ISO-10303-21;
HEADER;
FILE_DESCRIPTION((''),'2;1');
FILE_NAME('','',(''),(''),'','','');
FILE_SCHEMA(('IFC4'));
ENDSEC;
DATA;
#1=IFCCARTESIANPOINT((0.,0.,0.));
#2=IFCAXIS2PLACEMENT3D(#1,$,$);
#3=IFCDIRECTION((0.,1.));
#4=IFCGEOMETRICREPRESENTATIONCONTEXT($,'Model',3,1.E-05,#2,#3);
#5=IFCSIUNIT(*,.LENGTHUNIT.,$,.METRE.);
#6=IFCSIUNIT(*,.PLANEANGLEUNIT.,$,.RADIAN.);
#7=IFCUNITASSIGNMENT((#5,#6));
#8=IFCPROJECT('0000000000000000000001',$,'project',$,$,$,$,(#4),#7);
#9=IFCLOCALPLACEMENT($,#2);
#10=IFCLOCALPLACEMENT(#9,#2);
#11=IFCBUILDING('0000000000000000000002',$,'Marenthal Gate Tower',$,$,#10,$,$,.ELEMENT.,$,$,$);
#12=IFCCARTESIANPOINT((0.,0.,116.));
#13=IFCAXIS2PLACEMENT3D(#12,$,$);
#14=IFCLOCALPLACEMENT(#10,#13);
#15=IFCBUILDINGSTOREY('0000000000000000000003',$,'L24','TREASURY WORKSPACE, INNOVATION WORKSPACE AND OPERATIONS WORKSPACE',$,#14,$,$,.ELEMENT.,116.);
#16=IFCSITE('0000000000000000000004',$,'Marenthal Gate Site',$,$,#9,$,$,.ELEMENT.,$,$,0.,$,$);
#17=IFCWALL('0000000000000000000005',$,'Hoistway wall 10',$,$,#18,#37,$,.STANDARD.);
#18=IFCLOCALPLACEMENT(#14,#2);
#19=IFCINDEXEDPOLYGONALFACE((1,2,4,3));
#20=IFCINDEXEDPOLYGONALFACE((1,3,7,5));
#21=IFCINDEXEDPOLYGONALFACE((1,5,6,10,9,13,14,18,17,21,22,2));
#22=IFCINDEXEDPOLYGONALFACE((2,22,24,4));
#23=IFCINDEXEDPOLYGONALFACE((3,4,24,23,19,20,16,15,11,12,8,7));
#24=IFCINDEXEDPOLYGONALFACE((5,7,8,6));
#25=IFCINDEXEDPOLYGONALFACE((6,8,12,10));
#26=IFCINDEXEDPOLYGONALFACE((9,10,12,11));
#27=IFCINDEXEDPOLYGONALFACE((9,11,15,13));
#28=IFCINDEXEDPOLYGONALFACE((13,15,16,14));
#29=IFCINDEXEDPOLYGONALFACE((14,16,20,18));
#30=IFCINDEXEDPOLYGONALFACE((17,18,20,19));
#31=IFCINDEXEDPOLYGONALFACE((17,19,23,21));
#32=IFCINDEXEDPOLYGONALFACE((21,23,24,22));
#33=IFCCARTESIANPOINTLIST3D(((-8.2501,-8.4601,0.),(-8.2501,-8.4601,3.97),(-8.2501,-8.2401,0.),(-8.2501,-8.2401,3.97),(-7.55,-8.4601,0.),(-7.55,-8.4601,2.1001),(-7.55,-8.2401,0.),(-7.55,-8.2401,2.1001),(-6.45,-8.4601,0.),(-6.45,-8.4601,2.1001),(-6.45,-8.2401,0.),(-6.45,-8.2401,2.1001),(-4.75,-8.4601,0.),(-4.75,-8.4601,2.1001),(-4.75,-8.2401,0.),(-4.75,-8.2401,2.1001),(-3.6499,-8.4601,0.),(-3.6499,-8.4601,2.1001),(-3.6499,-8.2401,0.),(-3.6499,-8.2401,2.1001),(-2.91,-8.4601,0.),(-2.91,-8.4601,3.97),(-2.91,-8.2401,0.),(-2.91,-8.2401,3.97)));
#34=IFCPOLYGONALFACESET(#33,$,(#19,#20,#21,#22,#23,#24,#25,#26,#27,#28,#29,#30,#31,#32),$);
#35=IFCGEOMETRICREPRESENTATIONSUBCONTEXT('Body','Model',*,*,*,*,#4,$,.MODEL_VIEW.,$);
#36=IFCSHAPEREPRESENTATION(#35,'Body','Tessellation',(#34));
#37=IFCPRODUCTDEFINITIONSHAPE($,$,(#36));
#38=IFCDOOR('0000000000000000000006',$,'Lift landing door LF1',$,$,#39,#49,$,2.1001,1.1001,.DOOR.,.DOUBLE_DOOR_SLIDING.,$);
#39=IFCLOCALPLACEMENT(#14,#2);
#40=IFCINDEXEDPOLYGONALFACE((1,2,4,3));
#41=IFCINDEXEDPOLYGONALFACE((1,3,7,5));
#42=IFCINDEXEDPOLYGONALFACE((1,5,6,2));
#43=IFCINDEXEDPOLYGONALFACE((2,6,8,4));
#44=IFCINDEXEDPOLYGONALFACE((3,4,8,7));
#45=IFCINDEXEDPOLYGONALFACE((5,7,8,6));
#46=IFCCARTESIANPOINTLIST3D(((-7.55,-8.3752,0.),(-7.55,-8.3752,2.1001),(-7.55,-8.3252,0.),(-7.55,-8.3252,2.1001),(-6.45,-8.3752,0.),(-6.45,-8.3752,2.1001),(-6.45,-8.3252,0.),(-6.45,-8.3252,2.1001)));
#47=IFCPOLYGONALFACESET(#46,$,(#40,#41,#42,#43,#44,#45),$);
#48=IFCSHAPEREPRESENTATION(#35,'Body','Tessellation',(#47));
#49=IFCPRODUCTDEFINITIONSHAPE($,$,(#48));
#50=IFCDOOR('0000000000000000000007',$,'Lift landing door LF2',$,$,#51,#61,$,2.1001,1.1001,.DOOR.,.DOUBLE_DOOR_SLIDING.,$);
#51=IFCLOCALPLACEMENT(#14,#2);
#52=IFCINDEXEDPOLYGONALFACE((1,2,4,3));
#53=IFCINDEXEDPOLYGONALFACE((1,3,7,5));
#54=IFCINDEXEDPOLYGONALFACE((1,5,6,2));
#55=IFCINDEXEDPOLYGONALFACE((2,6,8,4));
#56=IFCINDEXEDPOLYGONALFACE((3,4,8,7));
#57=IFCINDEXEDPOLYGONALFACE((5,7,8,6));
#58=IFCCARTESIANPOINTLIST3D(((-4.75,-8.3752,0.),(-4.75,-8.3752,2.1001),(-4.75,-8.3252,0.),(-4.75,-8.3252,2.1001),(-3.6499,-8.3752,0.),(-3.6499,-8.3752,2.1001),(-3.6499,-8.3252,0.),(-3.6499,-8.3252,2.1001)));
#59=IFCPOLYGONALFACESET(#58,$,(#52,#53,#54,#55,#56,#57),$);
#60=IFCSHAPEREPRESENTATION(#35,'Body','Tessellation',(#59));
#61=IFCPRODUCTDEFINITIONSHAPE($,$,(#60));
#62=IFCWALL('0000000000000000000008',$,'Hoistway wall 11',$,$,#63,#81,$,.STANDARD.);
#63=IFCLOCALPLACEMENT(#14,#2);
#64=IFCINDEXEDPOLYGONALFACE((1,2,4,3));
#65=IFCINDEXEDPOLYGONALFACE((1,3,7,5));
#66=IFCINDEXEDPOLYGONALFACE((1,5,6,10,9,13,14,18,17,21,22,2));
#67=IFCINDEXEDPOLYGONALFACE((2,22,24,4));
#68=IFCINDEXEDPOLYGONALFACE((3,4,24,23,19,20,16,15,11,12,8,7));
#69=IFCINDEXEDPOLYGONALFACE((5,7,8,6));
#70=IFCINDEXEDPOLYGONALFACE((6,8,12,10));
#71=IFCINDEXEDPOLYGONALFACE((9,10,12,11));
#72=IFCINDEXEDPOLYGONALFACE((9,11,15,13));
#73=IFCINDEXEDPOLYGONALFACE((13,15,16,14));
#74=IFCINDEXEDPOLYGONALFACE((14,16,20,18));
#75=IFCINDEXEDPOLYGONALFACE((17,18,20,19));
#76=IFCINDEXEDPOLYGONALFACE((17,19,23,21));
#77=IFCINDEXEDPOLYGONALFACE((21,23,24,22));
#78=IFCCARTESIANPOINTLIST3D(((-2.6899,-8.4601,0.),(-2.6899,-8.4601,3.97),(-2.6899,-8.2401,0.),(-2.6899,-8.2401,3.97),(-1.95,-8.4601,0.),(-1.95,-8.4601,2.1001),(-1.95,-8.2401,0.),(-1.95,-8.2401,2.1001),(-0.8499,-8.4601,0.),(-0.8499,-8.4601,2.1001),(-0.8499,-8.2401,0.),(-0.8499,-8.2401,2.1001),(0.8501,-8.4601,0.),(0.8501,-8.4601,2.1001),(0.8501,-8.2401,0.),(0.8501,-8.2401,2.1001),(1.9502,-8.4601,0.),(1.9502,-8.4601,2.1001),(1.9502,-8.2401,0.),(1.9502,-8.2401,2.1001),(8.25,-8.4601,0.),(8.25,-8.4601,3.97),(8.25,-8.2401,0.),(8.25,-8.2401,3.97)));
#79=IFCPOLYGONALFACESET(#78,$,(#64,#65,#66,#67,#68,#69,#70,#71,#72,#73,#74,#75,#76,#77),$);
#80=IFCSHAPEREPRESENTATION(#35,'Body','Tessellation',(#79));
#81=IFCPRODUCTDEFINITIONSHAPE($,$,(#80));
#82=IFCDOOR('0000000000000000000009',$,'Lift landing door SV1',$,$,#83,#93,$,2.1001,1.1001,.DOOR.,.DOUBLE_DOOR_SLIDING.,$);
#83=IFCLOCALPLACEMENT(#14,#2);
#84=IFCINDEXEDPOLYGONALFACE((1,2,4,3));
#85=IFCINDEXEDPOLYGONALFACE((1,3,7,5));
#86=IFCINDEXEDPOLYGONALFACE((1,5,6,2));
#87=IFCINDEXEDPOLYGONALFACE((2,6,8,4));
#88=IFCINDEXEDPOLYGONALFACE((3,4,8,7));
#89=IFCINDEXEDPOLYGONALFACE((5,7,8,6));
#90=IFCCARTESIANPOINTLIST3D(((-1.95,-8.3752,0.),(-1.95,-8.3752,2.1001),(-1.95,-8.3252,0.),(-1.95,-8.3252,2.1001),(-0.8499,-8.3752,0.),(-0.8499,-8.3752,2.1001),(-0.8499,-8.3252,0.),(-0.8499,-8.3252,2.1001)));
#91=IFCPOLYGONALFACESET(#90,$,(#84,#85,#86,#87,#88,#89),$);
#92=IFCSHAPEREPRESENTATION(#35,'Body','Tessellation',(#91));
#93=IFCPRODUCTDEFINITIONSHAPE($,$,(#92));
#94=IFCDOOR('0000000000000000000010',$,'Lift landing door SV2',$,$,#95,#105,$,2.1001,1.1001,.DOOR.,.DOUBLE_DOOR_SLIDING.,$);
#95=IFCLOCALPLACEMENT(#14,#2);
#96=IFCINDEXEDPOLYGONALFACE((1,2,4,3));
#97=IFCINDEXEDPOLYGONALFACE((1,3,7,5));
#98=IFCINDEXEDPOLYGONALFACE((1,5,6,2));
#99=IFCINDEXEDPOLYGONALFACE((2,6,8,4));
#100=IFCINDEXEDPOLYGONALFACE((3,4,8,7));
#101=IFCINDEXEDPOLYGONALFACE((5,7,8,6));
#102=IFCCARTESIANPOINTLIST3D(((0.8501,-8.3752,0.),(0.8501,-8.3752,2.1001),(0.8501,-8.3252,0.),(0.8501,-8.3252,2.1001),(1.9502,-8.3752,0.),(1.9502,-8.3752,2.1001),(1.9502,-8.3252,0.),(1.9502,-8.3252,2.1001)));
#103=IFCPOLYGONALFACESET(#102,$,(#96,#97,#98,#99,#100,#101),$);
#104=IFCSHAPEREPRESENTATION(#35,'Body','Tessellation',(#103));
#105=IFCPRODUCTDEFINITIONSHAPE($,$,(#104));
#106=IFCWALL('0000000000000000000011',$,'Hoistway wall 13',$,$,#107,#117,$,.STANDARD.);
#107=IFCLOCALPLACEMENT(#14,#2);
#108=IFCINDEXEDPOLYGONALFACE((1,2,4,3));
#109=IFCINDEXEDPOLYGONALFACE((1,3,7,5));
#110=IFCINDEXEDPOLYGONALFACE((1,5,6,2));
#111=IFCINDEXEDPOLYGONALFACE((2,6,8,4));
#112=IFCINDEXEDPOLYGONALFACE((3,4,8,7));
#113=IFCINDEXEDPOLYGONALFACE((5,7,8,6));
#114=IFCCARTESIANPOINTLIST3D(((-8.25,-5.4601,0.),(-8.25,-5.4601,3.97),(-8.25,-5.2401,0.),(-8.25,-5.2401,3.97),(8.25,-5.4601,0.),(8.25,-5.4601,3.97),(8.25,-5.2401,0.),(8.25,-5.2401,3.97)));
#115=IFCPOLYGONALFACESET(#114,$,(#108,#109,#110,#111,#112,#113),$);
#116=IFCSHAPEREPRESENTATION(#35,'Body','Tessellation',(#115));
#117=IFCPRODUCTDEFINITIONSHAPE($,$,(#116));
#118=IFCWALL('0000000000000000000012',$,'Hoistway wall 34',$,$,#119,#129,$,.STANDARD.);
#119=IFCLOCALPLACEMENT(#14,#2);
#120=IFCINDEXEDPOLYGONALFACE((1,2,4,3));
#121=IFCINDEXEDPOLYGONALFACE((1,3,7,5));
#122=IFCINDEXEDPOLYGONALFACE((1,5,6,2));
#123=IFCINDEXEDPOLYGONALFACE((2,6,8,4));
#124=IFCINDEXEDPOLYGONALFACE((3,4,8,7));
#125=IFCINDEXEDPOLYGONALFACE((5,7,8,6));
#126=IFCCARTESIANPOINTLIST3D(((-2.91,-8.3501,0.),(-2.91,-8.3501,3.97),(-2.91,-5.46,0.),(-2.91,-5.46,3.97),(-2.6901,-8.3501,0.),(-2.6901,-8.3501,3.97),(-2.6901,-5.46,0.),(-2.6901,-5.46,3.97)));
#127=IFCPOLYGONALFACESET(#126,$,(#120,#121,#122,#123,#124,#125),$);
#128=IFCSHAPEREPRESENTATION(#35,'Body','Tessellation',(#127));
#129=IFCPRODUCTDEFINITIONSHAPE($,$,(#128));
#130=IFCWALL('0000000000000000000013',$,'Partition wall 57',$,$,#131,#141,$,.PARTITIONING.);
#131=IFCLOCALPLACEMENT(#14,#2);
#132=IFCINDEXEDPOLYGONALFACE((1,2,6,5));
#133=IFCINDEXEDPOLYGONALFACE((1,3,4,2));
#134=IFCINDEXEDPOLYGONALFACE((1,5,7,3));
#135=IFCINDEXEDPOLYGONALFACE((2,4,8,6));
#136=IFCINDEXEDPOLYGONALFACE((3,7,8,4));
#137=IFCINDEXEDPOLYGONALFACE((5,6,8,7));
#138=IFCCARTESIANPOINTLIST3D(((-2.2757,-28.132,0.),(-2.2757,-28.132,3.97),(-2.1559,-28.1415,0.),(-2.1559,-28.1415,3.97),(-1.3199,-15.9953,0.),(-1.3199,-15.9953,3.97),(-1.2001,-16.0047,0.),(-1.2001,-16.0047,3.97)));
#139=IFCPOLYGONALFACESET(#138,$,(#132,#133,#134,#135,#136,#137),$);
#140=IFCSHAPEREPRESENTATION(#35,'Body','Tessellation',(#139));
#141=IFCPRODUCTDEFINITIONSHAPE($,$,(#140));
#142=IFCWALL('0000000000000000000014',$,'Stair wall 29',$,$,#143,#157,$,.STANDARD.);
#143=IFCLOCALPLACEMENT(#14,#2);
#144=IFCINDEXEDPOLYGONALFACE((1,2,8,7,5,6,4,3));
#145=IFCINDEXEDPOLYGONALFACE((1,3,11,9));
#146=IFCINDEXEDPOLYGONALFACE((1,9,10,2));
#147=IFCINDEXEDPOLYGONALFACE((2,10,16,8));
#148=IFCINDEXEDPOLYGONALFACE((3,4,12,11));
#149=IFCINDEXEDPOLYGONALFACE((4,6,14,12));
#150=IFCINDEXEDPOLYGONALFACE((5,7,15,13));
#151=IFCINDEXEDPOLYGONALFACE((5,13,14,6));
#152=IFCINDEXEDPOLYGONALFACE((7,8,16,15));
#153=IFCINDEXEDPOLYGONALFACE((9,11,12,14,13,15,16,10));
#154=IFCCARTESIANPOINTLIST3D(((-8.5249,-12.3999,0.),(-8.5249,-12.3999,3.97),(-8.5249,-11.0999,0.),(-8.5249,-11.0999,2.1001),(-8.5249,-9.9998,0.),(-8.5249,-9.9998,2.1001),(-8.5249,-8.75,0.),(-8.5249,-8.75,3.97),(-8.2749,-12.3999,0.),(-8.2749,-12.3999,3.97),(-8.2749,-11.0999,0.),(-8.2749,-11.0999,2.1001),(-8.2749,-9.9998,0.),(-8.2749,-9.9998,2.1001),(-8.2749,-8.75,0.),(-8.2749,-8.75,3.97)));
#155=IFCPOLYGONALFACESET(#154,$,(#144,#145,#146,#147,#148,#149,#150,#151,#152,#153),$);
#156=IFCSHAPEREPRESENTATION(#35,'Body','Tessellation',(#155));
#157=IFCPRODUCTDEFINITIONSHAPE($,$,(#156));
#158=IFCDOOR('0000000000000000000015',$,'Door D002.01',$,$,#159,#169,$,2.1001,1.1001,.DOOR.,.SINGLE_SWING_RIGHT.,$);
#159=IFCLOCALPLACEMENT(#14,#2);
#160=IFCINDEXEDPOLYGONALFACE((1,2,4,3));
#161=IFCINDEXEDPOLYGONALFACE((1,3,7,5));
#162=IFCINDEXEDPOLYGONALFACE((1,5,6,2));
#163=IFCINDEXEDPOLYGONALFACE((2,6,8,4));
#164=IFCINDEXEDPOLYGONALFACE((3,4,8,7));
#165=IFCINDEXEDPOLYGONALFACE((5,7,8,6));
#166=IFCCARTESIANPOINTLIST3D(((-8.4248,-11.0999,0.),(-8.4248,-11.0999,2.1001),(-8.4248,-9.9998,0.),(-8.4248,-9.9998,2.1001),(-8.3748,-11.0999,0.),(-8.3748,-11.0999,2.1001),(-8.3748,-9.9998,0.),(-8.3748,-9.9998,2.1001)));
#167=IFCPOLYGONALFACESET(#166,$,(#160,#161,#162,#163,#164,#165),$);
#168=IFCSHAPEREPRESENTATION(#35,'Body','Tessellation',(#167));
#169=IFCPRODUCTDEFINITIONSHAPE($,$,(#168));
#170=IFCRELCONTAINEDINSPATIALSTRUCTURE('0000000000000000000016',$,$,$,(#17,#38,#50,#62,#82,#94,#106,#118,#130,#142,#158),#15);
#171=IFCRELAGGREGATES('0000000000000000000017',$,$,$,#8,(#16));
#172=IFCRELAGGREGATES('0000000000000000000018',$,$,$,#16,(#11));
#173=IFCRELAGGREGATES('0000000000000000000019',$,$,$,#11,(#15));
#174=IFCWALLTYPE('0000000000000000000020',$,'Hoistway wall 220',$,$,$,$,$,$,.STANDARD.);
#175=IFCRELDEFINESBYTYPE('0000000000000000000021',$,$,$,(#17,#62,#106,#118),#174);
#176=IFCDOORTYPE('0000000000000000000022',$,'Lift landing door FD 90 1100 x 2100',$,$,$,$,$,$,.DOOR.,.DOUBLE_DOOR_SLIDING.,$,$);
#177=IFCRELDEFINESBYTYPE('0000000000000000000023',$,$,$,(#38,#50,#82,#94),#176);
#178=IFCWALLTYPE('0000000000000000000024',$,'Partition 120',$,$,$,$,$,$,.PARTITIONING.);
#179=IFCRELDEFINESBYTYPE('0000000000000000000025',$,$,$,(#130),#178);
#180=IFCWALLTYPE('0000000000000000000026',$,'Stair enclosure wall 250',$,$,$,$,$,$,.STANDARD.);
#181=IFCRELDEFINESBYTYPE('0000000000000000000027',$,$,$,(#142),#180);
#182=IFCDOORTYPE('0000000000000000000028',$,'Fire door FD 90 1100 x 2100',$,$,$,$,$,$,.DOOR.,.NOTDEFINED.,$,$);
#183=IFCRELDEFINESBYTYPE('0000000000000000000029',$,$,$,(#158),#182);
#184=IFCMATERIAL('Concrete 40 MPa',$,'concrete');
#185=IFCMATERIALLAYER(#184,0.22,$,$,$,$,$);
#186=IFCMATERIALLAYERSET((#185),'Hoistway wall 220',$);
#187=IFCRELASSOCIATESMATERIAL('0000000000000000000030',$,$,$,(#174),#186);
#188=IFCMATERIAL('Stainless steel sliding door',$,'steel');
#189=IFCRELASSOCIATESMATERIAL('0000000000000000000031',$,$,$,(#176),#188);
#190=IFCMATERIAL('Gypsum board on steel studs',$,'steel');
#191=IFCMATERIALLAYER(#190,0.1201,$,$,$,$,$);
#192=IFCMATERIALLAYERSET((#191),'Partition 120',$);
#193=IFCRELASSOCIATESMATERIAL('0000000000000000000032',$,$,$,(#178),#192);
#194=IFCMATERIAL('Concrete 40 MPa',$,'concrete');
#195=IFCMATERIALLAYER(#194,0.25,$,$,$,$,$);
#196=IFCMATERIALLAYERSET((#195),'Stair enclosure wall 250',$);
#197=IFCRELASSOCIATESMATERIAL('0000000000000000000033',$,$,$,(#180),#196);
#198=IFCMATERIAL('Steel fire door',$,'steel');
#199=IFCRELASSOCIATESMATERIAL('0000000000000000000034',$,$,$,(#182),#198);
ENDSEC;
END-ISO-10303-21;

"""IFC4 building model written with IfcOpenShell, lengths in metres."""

from ifc_helpers import new_model, si_unit, direction, frame, frame_2d, origin, place, context, subcontext, project, spatial, rectangle, extrude, material, layer, layer_set, type_object, element, fill, save


model = new_model("IFC4")

# Units and contexts
model_context = context("Model", 3, precision=1e-05, world=origin(), true_north=direction((0.0, 1.0)))
body_context = subcontext(model_context, "Body", "Model", "MODEL_VIEW")
ifc_project = project(units=[si_unit("LENGTHUNIT", "METRE"), si_unit("PLANEANGLEUNIT", "RADIAN")], contexts=[model_context])

# Site, building, storey
site_placement = place(None, origin())
site = spatial("IfcSite", under=ifc_project, at=site_placement, Name="Marenthal Gate Site", CompositionType="ELEMENT", RefElevation=0.0)
building_placement = place(site_placement, origin())
building = spatial("IfcBuilding", under=site, at=building_placement, Name="Marenthal Gate Tower", CompositionType="ELEMENT")
storey_placement = place(building_placement, frame((0.0, 0.0, 116.0)))
storey = spatial("IfcBuildingStorey", under=building, at=storey_placement, Name="L24", Description="TREASURY WORKSPACE, INNOVATION WORKSPACE AND OPERATIONS WORKSPACE", CompositionType="ELEMENT", Elevation=116.0)

# Walls, openings, doors
ifc_material_1 = material(Name="Concrete 40 MPa", Category="concrete")
ifc_layer_1 = layer(ifc_material_1, 0.22)
ifc_layer_set_1 = layer_set([ifc_layer_1], Name="Hoistway wall 220")
wall_type_1 = type_object("IfcWallType", Name="Hoistway wall 220", PredefinedType="STANDARD", material=ifc_layer_set_1)
wall_1_placement = place(storey_placement, frame((-8.25, -8.3501, 0.0), z_axis=(0.0, 0.0, 1.0), x_axis=(1.0, 0.0, 0.0)))
wall_1 = element("IfcWall", 1, at=wall_1_placement, inside=storey, type_object=wall_type_1, Name="Hoistway wall 10", PredefinedType="STANDARD", context=body_context, shape_type="SweptSolid", body=[
    extrude(rectangle(XDim=5.3401, YDim=0.22, at=frame_2d((2.6699, 0.0))), origin(), (0.0, 0.0, 1.0), 3.97),
])
opening_1_placement = place(wall_1_placement, frame((0.7, 0.0, 0.0)))
opening_1 = element("IfcOpeningElement", 2, at=opening_1_placement, cuts=wall_1, PredefinedType="OPENING", context=body_context, shape_type="SweptSolid", body=[
    extrude(rectangle(XDim=1.1001, YDim=2.1001, at=frame_2d((0.55, 1.05))), frame((0.0, 0.1201, 0.0), z_axis=(0.0, -1.0, 0.0), x_axis=(1.0, 0.0, 0.0)), (0.0, 0.0, 1.0), 0.24),
])
opening_2_placement = place(wall_1_placement, frame((3.5, 0.0, 0.0)))
opening_2 = element("IfcOpeningElement", 3, at=opening_2_placement, cuts=wall_1, PredefinedType="OPENING", context=body_context, shape_type="SweptSolid", body=[
    extrude(rectangle(XDim=1.1001, YDim=2.1001, at=frame_2d((0.55, 1.05))), frame((0.0, 0.1201, 0.0), z_axis=(0.0, -1.0, 0.0), x_axis=(1.0, 0.0, 0.0)), (0.0, 0.0, 1.0), 0.24),
])
ifc_material_2 = material(Name="Stainless steel sliding door", Category="steel")
door_type_1 = type_object("IfcDoorType", Name="Lift landing door FD 90 1100 x 2100", OperationType="DOUBLE_DOOR_SLIDING", PredefinedType="DOOR", material=ifc_material_2)
door_1_placement = place(opening_1_placement, origin())
door_1 = element("IfcDoor", 4, at=door_1_placement, inside=storey, type_object=door_type_1, Name="Lift landing door LF1", OperationType="DOUBLE_DOOR_SLIDING", OverallHeight=2.1001, OverallWidth=1.1001, PredefinedType="DOOR", context=body_context, shape_type="SweptSolid", body=[
    extrude(rectangle(XDim=1.1001, YDim=2.1001, at=frame_2d((0.55, 1.05))), frame((0.0, 0.0249, 0.0), z_axis=(0.0, -1.0, 0.0), x_axis=(1.0, 0.0, 0.0)), (0.0, 0.0, 1.0), 0.05),
])
fill(opening_1, door_1)
door_2_placement = place(opening_2_placement, origin())
door_2 = element("IfcDoor", 5, at=door_2_placement, inside=storey, type_object=door_type_1, Name="Lift landing door LF2", OperationType="DOUBLE_DOOR_SLIDING", OverallHeight=2.1001, OverallWidth=1.1001, PredefinedType="DOOR", context=body_context, shape_type="SweptSolid", body=[
    extrude(rectangle(XDim=1.1001, YDim=2.1001, at=frame_2d((0.55, 1.05))), frame((0.0, 0.0249, 0.0), z_axis=(0.0, -1.0, 0.0), x_axis=(1.0, 0.0, 0.0)), (0.0, 0.0, 1.0), 0.05),
])
fill(opening_2, door_2)
wall_2_placement = place(storey_placement, frame((-2.6899, -8.3501, 0.0), z_axis=(0.0, 0.0, 1.0), x_axis=(1.0, 0.0, 0.0)))
wall_2 = element("IfcWall", 6, at=wall_2_placement, inside=storey, type_object=wall_type_1, Name="Hoistway wall 11", PredefinedType="STANDARD", context=body_context, shape_type="SweptSolid", body=[
    extrude(rectangle(XDim=10.9399, YDim=0.22, at=frame_2d((5.47, 0.0))), origin(), (0.0, 0.0, 1.0), 3.97),
])
opening_3_placement = place(wall_2_placement, frame((0.74, 0.0, 0.0)))
opening_3 = element("IfcOpeningElement", 7, at=opening_3_placement, cuts=wall_2, PredefinedType="OPENING", context=body_context, shape_type="SweptSolid", body=[
    extrude(rectangle(XDim=1.1001, YDim=2.1001, at=frame_2d((0.55, 1.05))), frame((0.0, 0.1201, 0.0), z_axis=(0.0, -1.0, 0.0), x_axis=(1.0, 0.0, 0.0)), (0.0, 0.0, 1.0), 0.24),
])
opening_4_placement = place(wall_2_placement, frame((3.54, 0.0, 0.0)))
opening_4 = element("IfcOpeningElement", 8, at=opening_4_placement, cuts=wall_2, PredefinedType="OPENING", context=body_context, shape_type="SweptSolid", body=[
    extrude(rectangle(XDim=1.1001, YDim=2.1001, at=frame_2d((0.55, 1.05))), frame((0.0, 0.1201, 0.0), z_axis=(0.0, -1.0, 0.0), x_axis=(1.0, 0.0, 0.0)), (0.0, 0.0, 1.0), 0.24),
])
door_3_placement = place(opening_3_placement, origin())
door_3 = element("IfcDoor", 9, at=door_3_placement, inside=storey, type_object=door_type_1, Name="Lift landing door SV1", OperationType="DOUBLE_DOOR_SLIDING", OverallHeight=2.1001, OverallWidth=1.1001, PredefinedType="DOOR", context=body_context, shape_type="SweptSolid", body=[
    extrude(rectangle(XDim=1.1001, YDim=2.1001, at=frame_2d((0.55, 1.05))), frame((0.0, 0.0249, 0.0), z_axis=(0.0, -1.0, 0.0), x_axis=(1.0, 0.0, 0.0)), (0.0, 0.0, 1.0), 0.05),
])
fill(opening_3, door_3)
door_4_placement = place(opening_4_placement, origin())
door_4 = element("IfcDoor", 10, at=door_4_placement, inside=storey, type_object=door_type_1, Name="Lift landing door SV2", OperationType="DOUBLE_DOOR_SLIDING", OverallHeight=2.1001, OverallWidth=1.1001, PredefinedType="DOOR", context=body_context, shape_type="SweptSolid", body=[
    extrude(rectangle(XDim=1.1001, YDim=2.1001, at=frame_2d((0.55, 1.05))), frame((0.0, 0.0249, 0.0), z_axis=(0.0, -1.0, 0.0), x_axis=(1.0, 0.0, 0.0)), (0.0, 0.0, 1.0), 0.05),
])
fill(opening_4, door_4)

# Walls
wall_3_placement = place(storey_placement, frame((-8.25, -5.3501, 0.0), z_axis=(0.0, 0.0, 1.0), x_axis=(1.0, 0.0, 0.0)))
element("IfcWall", 11, at=wall_3_placement, inside=storey, type_object=wall_type_1, Name="Hoistway wall 13", PredefinedType="STANDARD", context=body_context, shape_type="SweptSolid", body=[
    extrude(rectangle(XDim=16.5, YDim=0.22, at=frame_2d((8.25, 0.0))), origin(), (0.0, 0.0, 1.0), 3.97),
])
wall_4_placement = place(storey_placement, frame((-2.8, -8.3501, 0.0), z_axis=(0.0, 0.0, 1.0), x_axis=(0.0, 1.0, 0.0)))
element("IfcWall", 12, at=wall_4_placement, inside=storey, type_object=wall_type_1, Name="Hoistway wall 34", PredefinedType="STANDARD", context=body_context, shape_type="SweptSolid", body=[
    extrude(rectangle(XDim=2.8901, YDim=0.22, at=frame_2d((1.4451, 0.0))), origin(), (0.0, 0.0, 1.0), 3.97),
])
ifc_material_3 = material(Name="Gypsum board on steel studs", Category="steel")
ifc_layer_2 = layer(ifc_material_3, 0.1201)
ifc_layer_set_2 = layer_set([ifc_layer_2], Name="Partition 120")
wall_type_2 = type_object("IfcWallType", Name="Partition 120", PredefinedType="PARTITIONING", material=ifc_layer_set_2)
wall_5_placement = place(storey_placement, frame((-1.26, -16.0, 0.0), z_axis=(0.0, 0.0, 1.0), x_axis=(-0.078511, -0.996913, 0.0)))
element("IfcWall", 13, at=wall_5_placement, inside=storey, type_object=wall_type_2, Name="Partition wall 57", PredefinedType="PARTITIONING", context=body_context, shape_type="SweptSolid", body=[
    extrude(rectangle(XDim=12.1743, YDim=0.1201, at=frame_2d((6.0872, 0.0))), origin(), (0.0, 0.0, 1.0), 3.97),
])

# Wall, opening, door
ifc_material_4 = material(Name="Concrete 40 MPa", Category="concrete")
ifc_layer_3 = layer(ifc_material_4, 0.25)
ifc_layer_set_3 = layer_set([ifc_layer_3], Name="Stair enclosure wall 250")
wall_type_3 = type_object("IfcWallType", Name="Stair enclosure wall 250", PredefinedType="STANDARD", material=ifc_layer_set_3)
wall_6_placement = place(storey_placement, frame((-8.3999, -12.3999, 0.0), z_axis=(0.0, 0.0, 1.0), x_axis=(0.0, 1.0, 0.0)))
wall_6 = element("IfcWall", 14, at=wall_6_placement, inside=storey, type_object=wall_type_3, Name="Stair wall 29", PredefinedType="STANDARD", context=body_context, shape_type="SweptSolid", body=[
    extrude(rectangle(XDim=3.6499, YDim=0.25, at=frame_2d((1.825, 0.0))), origin(), (0.0, 0.0, 1.0), 3.97),
])
opening_5_placement = place(wall_6_placement, frame((1.3, 0.0, 0.0)))
opening_5 = element("IfcOpeningElement", 15, at=opening_5_placement, cuts=wall_6, PredefinedType="OPENING", context=body_context, shape_type="SweptSolid", body=[
    extrude(rectangle(XDim=1.1001, YDim=2.1001, at=frame_2d((0.55, 1.05))), frame((0.0, 0.135, 0.0), z_axis=(0.0, -1.0, 0.0), x_axis=(1.0, 0.0, 0.0)), (0.0, 0.0, 1.0), 0.27),
])
ifc_material_5 = material(Name="Steel fire door", Category="steel")
door_type_2 = type_object("IfcDoorType", Name="Fire door FD 90 1100 x 2100", OperationType="NOTDEFINED", PredefinedType="DOOR", material=ifc_material_5)
door_5_placement = place(opening_5_placement, origin())
door_5 = element("IfcDoor", 16, at=door_5_placement, inside=storey, type_object=door_type_2, Name="Door D002.01", OperationType="SINGLE_SWING_RIGHT", OverallHeight=2.1001, OverallWidth=1.1001, PredefinedType="DOOR", context=body_context, shape_type="SweptSolid", body=[
    extrude(rectangle(XDim=1.1001, YDim=2.1001, at=frame_2d((0.55, 1.05))), frame((0.0, 0.0249, 0.0), z_axis=(0.0, -1.0, 0.0), x_axis=(1.0, 0.0, 0.0)), (0.0, 0.0, 1.0), 0.05),
])
fill(opening_5, door_5)

save(model, "model.ifc")
